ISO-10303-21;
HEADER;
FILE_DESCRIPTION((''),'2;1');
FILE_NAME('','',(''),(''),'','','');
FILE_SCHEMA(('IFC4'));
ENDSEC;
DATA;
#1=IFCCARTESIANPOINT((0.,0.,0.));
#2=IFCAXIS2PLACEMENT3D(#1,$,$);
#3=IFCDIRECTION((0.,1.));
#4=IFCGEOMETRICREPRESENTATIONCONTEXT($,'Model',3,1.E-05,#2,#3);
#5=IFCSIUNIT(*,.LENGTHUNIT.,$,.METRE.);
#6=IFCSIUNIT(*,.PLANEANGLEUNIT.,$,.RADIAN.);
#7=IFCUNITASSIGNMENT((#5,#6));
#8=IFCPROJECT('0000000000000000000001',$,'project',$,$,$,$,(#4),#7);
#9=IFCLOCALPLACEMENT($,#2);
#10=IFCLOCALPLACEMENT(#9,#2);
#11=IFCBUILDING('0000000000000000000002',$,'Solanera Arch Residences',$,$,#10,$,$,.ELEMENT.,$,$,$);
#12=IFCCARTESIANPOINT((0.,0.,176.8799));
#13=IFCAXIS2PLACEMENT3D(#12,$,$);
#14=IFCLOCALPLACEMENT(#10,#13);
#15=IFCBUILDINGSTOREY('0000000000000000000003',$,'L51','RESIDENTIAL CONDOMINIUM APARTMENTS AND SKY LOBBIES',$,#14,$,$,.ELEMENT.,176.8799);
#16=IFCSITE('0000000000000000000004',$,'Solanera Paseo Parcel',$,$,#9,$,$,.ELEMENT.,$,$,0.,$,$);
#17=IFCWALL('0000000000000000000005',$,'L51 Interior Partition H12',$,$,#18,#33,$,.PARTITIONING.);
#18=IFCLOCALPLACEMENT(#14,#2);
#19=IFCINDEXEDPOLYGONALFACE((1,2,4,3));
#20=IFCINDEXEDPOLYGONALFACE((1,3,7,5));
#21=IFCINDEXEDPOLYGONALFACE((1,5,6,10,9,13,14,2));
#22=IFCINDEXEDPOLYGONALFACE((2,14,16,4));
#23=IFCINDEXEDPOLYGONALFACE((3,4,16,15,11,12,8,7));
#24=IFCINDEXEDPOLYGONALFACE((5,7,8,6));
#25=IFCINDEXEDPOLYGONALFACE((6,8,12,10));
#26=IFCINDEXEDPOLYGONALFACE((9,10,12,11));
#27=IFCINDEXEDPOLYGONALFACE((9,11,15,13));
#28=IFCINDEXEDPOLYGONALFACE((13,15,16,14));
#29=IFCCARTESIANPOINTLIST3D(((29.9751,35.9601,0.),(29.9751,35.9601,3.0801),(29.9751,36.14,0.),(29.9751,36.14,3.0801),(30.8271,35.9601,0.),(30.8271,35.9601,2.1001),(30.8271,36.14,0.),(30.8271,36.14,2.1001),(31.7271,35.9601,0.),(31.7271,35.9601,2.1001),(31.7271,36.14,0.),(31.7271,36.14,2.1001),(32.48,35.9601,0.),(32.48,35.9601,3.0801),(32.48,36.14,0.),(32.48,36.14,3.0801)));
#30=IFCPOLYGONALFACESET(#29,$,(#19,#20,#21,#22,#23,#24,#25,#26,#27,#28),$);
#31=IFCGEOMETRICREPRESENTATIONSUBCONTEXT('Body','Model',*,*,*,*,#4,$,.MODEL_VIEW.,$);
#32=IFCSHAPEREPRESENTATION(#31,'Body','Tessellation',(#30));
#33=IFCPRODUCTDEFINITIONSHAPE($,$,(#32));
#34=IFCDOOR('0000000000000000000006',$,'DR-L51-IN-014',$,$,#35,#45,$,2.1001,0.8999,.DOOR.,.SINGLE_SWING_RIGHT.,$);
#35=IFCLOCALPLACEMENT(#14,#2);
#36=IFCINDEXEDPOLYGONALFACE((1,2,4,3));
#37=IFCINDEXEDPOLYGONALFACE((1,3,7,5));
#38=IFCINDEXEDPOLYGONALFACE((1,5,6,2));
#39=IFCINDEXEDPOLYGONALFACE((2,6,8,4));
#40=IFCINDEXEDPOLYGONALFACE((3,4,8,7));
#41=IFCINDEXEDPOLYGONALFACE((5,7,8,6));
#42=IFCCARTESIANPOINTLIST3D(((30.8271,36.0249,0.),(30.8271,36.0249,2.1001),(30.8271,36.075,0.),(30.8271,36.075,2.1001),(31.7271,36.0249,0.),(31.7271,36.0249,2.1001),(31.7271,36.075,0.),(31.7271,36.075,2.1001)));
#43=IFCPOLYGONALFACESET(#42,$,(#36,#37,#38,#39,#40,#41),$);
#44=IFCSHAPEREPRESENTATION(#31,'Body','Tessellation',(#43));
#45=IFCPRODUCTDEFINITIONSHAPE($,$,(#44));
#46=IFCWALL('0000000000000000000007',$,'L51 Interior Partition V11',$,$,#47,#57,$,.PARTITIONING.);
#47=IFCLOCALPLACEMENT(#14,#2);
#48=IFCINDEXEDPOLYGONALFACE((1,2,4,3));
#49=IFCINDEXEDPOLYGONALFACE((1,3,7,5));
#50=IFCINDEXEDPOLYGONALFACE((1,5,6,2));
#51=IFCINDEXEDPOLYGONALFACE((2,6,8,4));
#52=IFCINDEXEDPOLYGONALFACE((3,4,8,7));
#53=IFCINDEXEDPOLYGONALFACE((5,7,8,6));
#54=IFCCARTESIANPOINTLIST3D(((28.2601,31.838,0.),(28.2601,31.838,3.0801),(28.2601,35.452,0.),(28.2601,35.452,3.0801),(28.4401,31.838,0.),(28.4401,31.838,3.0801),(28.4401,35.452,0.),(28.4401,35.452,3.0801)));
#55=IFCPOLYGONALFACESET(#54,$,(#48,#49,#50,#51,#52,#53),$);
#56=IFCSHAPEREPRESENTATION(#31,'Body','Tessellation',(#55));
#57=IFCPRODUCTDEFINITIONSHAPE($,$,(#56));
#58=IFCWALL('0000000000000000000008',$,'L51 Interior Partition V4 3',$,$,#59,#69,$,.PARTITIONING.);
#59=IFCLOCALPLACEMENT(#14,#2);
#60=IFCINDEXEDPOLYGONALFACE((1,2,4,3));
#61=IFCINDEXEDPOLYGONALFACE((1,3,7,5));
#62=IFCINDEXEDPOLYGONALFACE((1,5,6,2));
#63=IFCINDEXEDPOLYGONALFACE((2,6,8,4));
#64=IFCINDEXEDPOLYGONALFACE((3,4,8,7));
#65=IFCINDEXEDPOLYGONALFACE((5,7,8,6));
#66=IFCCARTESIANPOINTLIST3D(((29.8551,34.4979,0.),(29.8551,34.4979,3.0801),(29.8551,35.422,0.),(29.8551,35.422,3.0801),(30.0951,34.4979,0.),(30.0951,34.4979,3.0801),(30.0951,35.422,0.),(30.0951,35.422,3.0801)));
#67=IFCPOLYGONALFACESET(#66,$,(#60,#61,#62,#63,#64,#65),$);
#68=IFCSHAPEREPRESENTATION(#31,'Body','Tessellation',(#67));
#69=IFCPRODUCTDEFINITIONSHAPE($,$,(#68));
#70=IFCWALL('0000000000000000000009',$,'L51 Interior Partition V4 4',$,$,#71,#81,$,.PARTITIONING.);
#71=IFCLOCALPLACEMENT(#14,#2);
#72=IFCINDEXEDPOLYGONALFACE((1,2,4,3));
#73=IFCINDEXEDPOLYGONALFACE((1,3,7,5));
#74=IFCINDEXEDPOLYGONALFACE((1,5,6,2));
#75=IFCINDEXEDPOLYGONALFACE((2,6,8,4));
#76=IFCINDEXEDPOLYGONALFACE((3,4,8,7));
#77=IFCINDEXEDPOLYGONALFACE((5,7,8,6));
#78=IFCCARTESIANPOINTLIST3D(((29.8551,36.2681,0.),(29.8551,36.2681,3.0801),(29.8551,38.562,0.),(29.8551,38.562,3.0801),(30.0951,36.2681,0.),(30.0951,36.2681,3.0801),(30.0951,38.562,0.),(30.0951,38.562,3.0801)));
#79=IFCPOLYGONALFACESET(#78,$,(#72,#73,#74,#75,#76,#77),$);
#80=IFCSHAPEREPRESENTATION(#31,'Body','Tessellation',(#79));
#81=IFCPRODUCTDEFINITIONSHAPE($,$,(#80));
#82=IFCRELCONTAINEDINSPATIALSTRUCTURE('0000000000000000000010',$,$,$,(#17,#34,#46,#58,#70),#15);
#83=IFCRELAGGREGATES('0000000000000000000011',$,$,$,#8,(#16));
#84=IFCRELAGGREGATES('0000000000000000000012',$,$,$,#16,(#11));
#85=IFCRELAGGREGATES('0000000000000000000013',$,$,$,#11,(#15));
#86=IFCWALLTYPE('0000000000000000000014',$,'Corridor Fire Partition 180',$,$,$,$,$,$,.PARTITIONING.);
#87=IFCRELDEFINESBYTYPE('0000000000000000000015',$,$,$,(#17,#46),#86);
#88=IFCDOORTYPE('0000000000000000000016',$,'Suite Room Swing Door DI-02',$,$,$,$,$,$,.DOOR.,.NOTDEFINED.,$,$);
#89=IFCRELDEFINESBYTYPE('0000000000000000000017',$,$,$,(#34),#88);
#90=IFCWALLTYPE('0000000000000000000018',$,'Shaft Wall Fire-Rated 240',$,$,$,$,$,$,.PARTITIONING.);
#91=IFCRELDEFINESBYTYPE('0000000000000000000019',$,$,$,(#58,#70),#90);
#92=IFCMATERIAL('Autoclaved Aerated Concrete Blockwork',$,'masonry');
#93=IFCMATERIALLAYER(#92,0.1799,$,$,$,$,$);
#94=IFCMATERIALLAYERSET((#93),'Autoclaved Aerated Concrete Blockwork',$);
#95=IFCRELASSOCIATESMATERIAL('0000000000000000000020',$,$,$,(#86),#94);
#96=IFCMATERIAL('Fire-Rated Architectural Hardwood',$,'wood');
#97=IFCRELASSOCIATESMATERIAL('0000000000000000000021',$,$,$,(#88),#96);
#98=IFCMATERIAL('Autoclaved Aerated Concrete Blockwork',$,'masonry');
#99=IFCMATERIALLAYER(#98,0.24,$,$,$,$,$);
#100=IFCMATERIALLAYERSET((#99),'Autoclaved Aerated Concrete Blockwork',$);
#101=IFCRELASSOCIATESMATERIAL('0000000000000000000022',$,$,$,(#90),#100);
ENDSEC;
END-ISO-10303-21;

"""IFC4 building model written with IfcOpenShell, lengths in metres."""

from ifc_helpers import new_model, si_unit, direction, frame, frame_2d, origin, place, context, subcontext, project, spatial, rectangle, extrude, material, layer, layer_set, type_object, element, fill, save


model = new_model("IFC4")

# Units and contexts
model_context = context("Model", 3, precision=1e-05, world=origin(), true_north=direction((0.0, 1.0)))
body_context = subcontext(model_context, "Body", "Model", "MODEL_VIEW")
ifc_project = project(units=[si_unit("LENGTHUNIT", "METRE"), si_unit("PLANEANGLEUNIT", "RADIAN")], contexts=[model_context])

# Site, building, storey
site_placement = place(None, origin())
site = spatial("IfcSite", under=ifc_project, at=site_placement, Name="Solanera Paseo Parcel", CompositionType="ELEMENT", RefElevation=0.0)
building_placement = place(site_placement, origin())
building = spatial("IfcBuilding", under=site, at=building_placement, Name="Solanera Arch Residences", CompositionType="ELEMENT")
storey_placement = place(building_placement, frame((0.0, 0.0, 176.8799)))
storey = spatial("IfcBuildingStorey", under=building, at=storey_placement, Name="L51", Description="RESIDENTIAL CONDOMINIUM APARTMENTS AND SKY LOBBIES", CompositionType="ELEMENT", Elevation=176.8799)

# Wall, opening, door
ifc_material_1 = material(Name="Autoclaved Aerated Concrete Blockwork", Category="masonry")
ifc_layer_1 = layer(ifc_material_1, 0.1799)
ifc_layer_set_1 = layer_set([ifc_layer_1], Name="Autoclaved Aerated Concrete Blockwork")
wall_type_1 = type_object("IfcWallType", Name="Corridor Fire Partition 180", PredefinedType="PARTITIONING", material=ifc_layer_set_1)
wall_1_placement = place(storey_placement, frame((29.9751, 36.05, 0.0), z_axis=(0.0, 0.0, 1.0), x_axis=(1.0, 0.0, 0.0)))
wall_1 = element("IfcWall", 1, at=wall_1_placement, inside=storey, type_object=wall_type_1, Name="L51 Interior Partition H12", PredefinedType="PARTITIONING", context=body_context, shape_type="SweptSolid", body=[
    extrude(rectangle(XDim=2.5049, YDim=0.1799, at=frame_2d((1.2524, 0.0))), origin(), (0.0, 0.0, 1.0), 3.0801),
])
opening_1_placement = place(wall_1_placement, frame((0.8521, 0.0, 0.0)))
opening_1 = element("IfcOpeningElement", 2, at=opening_1_placement, cuts=wall_1, PredefinedType="OPENING", context=body_context, shape_type="SweptSolid", body=[
    extrude(rectangle(XDim=0.8999, YDim=2.1001, at=frame_2d((0.45, 1.05))), frame((0.0, 0.1001, 0.0), z_axis=(0.0, -1.0, 0.0), x_axis=(1.0, 0.0, 0.0)), (0.0, 0.0, 1.0), 0.1999),
])
ifc_material_2 = material(Name="Fire-Rated Architectural Hardwood", Category="wood")
door_type_1 = type_object("IfcDoorType", Name="Suite Room Swing Door DI-02", OperationType="NOTDEFINED", PredefinedType="DOOR", material=ifc_material_2)
door_1_placement = place(opening_1_placement, origin())
door_1 = element("IfcDoor", 3, at=door_1_placement, inside=storey, type_object=door_type_1, Name="DR-L51-IN-014", OperationType="SINGLE_SWING_RIGHT", OverallHeight=2.1001, OverallWidth=0.8999, PredefinedType="DOOR", context=body_context, shape_type="SweptSolid", body=[
    extrude(rectangle(XDim=0.8999, YDim=2.1001, at=frame_2d((0.45, 1.05))), frame((0.0, 0.0249, 0.0), z_axis=(0.0, -1.0, 0.0), x_axis=(1.0, 0.0, 0.0)), (0.0, 0.0, 1.0), 0.05),
])
fill(opening_1, door_1)

# Wall
wall_2_placement = place(storey_placement, frame((28.3501, 31.8379, 0.0), z_axis=(0.0, 0.0, 1.0), x_axis=(0.0, 1.0, 0.0)))
element("IfcWall", 4, at=wall_2_placement, inside=storey, type_object=wall_type_1, Name="L51 Interior Partition V11", PredefinedType="PARTITIONING", context=body_context, shape_type="SweptSolid", body=[
    extrude(rectangle(XDim=3.614, YDim=0.1799, at=frame_2d((1.8071, 0.0))), origin(), (0.0, 0.0, 1.0), 3.0801),
])

# Shared definitions
ifc_material_3 = material(Name="Autoclaved Aerated Concrete Blockwork", Category="masonry")
ifc_layer_2 = layer(ifc_material_3, 0.24)
ifc_layer_set_2 = layer_set([ifc_layer_2], Name="Autoclaved Aerated Concrete Blockwork")
wall_type_2 = type_object("IfcWallType", Name="Shaft Wall Fire-Rated 240", PredefinedType="PARTITIONING", material=ifc_layer_set_2)

# Walls
wall_3_placement = place(storey_placement, frame((29.9751, 34.498, 0.0), z_axis=(0.0, 0.0, 1.0), x_axis=(0.0, 1.0, 0.0)))
element("IfcWall", 5, at=wall_3_placement, inside=storey, type_object=wall_type_2, Name="L51 Interior Partition V4 3", PredefinedType="PARTITIONING", context=body_context, shape_type="SweptSolid", body=[
    extrude(rectangle(XDim=0.9241, YDim=0.24, at=frame_2d((0.4619, 0.0))), origin(), (0.0, 0.0, 1.0), 3.0801),
])
wall_4_placement = place(storey_placement, frame((29.9751, 36.2681, 0.0), z_axis=(0.0, 0.0, 1.0), x_axis=(0.0, 1.0, 0.0)))
element("IfcWall", 6, at=wall_4_placement, inside=storey, type_object=wall_type_2, Name="L51 Interior Partition V4 4", PredefinedType="PARTITIONING", context=body_context, shape_type="SweptSolid", body=[
    extrude(rectangle(XDim=2.2939, YDim=0.24, at=frame_2d((1.147, 0.0))), origin(), (0.0, 0.0, 1.0), 3.0801),
])

save(model, "model.ifc")
